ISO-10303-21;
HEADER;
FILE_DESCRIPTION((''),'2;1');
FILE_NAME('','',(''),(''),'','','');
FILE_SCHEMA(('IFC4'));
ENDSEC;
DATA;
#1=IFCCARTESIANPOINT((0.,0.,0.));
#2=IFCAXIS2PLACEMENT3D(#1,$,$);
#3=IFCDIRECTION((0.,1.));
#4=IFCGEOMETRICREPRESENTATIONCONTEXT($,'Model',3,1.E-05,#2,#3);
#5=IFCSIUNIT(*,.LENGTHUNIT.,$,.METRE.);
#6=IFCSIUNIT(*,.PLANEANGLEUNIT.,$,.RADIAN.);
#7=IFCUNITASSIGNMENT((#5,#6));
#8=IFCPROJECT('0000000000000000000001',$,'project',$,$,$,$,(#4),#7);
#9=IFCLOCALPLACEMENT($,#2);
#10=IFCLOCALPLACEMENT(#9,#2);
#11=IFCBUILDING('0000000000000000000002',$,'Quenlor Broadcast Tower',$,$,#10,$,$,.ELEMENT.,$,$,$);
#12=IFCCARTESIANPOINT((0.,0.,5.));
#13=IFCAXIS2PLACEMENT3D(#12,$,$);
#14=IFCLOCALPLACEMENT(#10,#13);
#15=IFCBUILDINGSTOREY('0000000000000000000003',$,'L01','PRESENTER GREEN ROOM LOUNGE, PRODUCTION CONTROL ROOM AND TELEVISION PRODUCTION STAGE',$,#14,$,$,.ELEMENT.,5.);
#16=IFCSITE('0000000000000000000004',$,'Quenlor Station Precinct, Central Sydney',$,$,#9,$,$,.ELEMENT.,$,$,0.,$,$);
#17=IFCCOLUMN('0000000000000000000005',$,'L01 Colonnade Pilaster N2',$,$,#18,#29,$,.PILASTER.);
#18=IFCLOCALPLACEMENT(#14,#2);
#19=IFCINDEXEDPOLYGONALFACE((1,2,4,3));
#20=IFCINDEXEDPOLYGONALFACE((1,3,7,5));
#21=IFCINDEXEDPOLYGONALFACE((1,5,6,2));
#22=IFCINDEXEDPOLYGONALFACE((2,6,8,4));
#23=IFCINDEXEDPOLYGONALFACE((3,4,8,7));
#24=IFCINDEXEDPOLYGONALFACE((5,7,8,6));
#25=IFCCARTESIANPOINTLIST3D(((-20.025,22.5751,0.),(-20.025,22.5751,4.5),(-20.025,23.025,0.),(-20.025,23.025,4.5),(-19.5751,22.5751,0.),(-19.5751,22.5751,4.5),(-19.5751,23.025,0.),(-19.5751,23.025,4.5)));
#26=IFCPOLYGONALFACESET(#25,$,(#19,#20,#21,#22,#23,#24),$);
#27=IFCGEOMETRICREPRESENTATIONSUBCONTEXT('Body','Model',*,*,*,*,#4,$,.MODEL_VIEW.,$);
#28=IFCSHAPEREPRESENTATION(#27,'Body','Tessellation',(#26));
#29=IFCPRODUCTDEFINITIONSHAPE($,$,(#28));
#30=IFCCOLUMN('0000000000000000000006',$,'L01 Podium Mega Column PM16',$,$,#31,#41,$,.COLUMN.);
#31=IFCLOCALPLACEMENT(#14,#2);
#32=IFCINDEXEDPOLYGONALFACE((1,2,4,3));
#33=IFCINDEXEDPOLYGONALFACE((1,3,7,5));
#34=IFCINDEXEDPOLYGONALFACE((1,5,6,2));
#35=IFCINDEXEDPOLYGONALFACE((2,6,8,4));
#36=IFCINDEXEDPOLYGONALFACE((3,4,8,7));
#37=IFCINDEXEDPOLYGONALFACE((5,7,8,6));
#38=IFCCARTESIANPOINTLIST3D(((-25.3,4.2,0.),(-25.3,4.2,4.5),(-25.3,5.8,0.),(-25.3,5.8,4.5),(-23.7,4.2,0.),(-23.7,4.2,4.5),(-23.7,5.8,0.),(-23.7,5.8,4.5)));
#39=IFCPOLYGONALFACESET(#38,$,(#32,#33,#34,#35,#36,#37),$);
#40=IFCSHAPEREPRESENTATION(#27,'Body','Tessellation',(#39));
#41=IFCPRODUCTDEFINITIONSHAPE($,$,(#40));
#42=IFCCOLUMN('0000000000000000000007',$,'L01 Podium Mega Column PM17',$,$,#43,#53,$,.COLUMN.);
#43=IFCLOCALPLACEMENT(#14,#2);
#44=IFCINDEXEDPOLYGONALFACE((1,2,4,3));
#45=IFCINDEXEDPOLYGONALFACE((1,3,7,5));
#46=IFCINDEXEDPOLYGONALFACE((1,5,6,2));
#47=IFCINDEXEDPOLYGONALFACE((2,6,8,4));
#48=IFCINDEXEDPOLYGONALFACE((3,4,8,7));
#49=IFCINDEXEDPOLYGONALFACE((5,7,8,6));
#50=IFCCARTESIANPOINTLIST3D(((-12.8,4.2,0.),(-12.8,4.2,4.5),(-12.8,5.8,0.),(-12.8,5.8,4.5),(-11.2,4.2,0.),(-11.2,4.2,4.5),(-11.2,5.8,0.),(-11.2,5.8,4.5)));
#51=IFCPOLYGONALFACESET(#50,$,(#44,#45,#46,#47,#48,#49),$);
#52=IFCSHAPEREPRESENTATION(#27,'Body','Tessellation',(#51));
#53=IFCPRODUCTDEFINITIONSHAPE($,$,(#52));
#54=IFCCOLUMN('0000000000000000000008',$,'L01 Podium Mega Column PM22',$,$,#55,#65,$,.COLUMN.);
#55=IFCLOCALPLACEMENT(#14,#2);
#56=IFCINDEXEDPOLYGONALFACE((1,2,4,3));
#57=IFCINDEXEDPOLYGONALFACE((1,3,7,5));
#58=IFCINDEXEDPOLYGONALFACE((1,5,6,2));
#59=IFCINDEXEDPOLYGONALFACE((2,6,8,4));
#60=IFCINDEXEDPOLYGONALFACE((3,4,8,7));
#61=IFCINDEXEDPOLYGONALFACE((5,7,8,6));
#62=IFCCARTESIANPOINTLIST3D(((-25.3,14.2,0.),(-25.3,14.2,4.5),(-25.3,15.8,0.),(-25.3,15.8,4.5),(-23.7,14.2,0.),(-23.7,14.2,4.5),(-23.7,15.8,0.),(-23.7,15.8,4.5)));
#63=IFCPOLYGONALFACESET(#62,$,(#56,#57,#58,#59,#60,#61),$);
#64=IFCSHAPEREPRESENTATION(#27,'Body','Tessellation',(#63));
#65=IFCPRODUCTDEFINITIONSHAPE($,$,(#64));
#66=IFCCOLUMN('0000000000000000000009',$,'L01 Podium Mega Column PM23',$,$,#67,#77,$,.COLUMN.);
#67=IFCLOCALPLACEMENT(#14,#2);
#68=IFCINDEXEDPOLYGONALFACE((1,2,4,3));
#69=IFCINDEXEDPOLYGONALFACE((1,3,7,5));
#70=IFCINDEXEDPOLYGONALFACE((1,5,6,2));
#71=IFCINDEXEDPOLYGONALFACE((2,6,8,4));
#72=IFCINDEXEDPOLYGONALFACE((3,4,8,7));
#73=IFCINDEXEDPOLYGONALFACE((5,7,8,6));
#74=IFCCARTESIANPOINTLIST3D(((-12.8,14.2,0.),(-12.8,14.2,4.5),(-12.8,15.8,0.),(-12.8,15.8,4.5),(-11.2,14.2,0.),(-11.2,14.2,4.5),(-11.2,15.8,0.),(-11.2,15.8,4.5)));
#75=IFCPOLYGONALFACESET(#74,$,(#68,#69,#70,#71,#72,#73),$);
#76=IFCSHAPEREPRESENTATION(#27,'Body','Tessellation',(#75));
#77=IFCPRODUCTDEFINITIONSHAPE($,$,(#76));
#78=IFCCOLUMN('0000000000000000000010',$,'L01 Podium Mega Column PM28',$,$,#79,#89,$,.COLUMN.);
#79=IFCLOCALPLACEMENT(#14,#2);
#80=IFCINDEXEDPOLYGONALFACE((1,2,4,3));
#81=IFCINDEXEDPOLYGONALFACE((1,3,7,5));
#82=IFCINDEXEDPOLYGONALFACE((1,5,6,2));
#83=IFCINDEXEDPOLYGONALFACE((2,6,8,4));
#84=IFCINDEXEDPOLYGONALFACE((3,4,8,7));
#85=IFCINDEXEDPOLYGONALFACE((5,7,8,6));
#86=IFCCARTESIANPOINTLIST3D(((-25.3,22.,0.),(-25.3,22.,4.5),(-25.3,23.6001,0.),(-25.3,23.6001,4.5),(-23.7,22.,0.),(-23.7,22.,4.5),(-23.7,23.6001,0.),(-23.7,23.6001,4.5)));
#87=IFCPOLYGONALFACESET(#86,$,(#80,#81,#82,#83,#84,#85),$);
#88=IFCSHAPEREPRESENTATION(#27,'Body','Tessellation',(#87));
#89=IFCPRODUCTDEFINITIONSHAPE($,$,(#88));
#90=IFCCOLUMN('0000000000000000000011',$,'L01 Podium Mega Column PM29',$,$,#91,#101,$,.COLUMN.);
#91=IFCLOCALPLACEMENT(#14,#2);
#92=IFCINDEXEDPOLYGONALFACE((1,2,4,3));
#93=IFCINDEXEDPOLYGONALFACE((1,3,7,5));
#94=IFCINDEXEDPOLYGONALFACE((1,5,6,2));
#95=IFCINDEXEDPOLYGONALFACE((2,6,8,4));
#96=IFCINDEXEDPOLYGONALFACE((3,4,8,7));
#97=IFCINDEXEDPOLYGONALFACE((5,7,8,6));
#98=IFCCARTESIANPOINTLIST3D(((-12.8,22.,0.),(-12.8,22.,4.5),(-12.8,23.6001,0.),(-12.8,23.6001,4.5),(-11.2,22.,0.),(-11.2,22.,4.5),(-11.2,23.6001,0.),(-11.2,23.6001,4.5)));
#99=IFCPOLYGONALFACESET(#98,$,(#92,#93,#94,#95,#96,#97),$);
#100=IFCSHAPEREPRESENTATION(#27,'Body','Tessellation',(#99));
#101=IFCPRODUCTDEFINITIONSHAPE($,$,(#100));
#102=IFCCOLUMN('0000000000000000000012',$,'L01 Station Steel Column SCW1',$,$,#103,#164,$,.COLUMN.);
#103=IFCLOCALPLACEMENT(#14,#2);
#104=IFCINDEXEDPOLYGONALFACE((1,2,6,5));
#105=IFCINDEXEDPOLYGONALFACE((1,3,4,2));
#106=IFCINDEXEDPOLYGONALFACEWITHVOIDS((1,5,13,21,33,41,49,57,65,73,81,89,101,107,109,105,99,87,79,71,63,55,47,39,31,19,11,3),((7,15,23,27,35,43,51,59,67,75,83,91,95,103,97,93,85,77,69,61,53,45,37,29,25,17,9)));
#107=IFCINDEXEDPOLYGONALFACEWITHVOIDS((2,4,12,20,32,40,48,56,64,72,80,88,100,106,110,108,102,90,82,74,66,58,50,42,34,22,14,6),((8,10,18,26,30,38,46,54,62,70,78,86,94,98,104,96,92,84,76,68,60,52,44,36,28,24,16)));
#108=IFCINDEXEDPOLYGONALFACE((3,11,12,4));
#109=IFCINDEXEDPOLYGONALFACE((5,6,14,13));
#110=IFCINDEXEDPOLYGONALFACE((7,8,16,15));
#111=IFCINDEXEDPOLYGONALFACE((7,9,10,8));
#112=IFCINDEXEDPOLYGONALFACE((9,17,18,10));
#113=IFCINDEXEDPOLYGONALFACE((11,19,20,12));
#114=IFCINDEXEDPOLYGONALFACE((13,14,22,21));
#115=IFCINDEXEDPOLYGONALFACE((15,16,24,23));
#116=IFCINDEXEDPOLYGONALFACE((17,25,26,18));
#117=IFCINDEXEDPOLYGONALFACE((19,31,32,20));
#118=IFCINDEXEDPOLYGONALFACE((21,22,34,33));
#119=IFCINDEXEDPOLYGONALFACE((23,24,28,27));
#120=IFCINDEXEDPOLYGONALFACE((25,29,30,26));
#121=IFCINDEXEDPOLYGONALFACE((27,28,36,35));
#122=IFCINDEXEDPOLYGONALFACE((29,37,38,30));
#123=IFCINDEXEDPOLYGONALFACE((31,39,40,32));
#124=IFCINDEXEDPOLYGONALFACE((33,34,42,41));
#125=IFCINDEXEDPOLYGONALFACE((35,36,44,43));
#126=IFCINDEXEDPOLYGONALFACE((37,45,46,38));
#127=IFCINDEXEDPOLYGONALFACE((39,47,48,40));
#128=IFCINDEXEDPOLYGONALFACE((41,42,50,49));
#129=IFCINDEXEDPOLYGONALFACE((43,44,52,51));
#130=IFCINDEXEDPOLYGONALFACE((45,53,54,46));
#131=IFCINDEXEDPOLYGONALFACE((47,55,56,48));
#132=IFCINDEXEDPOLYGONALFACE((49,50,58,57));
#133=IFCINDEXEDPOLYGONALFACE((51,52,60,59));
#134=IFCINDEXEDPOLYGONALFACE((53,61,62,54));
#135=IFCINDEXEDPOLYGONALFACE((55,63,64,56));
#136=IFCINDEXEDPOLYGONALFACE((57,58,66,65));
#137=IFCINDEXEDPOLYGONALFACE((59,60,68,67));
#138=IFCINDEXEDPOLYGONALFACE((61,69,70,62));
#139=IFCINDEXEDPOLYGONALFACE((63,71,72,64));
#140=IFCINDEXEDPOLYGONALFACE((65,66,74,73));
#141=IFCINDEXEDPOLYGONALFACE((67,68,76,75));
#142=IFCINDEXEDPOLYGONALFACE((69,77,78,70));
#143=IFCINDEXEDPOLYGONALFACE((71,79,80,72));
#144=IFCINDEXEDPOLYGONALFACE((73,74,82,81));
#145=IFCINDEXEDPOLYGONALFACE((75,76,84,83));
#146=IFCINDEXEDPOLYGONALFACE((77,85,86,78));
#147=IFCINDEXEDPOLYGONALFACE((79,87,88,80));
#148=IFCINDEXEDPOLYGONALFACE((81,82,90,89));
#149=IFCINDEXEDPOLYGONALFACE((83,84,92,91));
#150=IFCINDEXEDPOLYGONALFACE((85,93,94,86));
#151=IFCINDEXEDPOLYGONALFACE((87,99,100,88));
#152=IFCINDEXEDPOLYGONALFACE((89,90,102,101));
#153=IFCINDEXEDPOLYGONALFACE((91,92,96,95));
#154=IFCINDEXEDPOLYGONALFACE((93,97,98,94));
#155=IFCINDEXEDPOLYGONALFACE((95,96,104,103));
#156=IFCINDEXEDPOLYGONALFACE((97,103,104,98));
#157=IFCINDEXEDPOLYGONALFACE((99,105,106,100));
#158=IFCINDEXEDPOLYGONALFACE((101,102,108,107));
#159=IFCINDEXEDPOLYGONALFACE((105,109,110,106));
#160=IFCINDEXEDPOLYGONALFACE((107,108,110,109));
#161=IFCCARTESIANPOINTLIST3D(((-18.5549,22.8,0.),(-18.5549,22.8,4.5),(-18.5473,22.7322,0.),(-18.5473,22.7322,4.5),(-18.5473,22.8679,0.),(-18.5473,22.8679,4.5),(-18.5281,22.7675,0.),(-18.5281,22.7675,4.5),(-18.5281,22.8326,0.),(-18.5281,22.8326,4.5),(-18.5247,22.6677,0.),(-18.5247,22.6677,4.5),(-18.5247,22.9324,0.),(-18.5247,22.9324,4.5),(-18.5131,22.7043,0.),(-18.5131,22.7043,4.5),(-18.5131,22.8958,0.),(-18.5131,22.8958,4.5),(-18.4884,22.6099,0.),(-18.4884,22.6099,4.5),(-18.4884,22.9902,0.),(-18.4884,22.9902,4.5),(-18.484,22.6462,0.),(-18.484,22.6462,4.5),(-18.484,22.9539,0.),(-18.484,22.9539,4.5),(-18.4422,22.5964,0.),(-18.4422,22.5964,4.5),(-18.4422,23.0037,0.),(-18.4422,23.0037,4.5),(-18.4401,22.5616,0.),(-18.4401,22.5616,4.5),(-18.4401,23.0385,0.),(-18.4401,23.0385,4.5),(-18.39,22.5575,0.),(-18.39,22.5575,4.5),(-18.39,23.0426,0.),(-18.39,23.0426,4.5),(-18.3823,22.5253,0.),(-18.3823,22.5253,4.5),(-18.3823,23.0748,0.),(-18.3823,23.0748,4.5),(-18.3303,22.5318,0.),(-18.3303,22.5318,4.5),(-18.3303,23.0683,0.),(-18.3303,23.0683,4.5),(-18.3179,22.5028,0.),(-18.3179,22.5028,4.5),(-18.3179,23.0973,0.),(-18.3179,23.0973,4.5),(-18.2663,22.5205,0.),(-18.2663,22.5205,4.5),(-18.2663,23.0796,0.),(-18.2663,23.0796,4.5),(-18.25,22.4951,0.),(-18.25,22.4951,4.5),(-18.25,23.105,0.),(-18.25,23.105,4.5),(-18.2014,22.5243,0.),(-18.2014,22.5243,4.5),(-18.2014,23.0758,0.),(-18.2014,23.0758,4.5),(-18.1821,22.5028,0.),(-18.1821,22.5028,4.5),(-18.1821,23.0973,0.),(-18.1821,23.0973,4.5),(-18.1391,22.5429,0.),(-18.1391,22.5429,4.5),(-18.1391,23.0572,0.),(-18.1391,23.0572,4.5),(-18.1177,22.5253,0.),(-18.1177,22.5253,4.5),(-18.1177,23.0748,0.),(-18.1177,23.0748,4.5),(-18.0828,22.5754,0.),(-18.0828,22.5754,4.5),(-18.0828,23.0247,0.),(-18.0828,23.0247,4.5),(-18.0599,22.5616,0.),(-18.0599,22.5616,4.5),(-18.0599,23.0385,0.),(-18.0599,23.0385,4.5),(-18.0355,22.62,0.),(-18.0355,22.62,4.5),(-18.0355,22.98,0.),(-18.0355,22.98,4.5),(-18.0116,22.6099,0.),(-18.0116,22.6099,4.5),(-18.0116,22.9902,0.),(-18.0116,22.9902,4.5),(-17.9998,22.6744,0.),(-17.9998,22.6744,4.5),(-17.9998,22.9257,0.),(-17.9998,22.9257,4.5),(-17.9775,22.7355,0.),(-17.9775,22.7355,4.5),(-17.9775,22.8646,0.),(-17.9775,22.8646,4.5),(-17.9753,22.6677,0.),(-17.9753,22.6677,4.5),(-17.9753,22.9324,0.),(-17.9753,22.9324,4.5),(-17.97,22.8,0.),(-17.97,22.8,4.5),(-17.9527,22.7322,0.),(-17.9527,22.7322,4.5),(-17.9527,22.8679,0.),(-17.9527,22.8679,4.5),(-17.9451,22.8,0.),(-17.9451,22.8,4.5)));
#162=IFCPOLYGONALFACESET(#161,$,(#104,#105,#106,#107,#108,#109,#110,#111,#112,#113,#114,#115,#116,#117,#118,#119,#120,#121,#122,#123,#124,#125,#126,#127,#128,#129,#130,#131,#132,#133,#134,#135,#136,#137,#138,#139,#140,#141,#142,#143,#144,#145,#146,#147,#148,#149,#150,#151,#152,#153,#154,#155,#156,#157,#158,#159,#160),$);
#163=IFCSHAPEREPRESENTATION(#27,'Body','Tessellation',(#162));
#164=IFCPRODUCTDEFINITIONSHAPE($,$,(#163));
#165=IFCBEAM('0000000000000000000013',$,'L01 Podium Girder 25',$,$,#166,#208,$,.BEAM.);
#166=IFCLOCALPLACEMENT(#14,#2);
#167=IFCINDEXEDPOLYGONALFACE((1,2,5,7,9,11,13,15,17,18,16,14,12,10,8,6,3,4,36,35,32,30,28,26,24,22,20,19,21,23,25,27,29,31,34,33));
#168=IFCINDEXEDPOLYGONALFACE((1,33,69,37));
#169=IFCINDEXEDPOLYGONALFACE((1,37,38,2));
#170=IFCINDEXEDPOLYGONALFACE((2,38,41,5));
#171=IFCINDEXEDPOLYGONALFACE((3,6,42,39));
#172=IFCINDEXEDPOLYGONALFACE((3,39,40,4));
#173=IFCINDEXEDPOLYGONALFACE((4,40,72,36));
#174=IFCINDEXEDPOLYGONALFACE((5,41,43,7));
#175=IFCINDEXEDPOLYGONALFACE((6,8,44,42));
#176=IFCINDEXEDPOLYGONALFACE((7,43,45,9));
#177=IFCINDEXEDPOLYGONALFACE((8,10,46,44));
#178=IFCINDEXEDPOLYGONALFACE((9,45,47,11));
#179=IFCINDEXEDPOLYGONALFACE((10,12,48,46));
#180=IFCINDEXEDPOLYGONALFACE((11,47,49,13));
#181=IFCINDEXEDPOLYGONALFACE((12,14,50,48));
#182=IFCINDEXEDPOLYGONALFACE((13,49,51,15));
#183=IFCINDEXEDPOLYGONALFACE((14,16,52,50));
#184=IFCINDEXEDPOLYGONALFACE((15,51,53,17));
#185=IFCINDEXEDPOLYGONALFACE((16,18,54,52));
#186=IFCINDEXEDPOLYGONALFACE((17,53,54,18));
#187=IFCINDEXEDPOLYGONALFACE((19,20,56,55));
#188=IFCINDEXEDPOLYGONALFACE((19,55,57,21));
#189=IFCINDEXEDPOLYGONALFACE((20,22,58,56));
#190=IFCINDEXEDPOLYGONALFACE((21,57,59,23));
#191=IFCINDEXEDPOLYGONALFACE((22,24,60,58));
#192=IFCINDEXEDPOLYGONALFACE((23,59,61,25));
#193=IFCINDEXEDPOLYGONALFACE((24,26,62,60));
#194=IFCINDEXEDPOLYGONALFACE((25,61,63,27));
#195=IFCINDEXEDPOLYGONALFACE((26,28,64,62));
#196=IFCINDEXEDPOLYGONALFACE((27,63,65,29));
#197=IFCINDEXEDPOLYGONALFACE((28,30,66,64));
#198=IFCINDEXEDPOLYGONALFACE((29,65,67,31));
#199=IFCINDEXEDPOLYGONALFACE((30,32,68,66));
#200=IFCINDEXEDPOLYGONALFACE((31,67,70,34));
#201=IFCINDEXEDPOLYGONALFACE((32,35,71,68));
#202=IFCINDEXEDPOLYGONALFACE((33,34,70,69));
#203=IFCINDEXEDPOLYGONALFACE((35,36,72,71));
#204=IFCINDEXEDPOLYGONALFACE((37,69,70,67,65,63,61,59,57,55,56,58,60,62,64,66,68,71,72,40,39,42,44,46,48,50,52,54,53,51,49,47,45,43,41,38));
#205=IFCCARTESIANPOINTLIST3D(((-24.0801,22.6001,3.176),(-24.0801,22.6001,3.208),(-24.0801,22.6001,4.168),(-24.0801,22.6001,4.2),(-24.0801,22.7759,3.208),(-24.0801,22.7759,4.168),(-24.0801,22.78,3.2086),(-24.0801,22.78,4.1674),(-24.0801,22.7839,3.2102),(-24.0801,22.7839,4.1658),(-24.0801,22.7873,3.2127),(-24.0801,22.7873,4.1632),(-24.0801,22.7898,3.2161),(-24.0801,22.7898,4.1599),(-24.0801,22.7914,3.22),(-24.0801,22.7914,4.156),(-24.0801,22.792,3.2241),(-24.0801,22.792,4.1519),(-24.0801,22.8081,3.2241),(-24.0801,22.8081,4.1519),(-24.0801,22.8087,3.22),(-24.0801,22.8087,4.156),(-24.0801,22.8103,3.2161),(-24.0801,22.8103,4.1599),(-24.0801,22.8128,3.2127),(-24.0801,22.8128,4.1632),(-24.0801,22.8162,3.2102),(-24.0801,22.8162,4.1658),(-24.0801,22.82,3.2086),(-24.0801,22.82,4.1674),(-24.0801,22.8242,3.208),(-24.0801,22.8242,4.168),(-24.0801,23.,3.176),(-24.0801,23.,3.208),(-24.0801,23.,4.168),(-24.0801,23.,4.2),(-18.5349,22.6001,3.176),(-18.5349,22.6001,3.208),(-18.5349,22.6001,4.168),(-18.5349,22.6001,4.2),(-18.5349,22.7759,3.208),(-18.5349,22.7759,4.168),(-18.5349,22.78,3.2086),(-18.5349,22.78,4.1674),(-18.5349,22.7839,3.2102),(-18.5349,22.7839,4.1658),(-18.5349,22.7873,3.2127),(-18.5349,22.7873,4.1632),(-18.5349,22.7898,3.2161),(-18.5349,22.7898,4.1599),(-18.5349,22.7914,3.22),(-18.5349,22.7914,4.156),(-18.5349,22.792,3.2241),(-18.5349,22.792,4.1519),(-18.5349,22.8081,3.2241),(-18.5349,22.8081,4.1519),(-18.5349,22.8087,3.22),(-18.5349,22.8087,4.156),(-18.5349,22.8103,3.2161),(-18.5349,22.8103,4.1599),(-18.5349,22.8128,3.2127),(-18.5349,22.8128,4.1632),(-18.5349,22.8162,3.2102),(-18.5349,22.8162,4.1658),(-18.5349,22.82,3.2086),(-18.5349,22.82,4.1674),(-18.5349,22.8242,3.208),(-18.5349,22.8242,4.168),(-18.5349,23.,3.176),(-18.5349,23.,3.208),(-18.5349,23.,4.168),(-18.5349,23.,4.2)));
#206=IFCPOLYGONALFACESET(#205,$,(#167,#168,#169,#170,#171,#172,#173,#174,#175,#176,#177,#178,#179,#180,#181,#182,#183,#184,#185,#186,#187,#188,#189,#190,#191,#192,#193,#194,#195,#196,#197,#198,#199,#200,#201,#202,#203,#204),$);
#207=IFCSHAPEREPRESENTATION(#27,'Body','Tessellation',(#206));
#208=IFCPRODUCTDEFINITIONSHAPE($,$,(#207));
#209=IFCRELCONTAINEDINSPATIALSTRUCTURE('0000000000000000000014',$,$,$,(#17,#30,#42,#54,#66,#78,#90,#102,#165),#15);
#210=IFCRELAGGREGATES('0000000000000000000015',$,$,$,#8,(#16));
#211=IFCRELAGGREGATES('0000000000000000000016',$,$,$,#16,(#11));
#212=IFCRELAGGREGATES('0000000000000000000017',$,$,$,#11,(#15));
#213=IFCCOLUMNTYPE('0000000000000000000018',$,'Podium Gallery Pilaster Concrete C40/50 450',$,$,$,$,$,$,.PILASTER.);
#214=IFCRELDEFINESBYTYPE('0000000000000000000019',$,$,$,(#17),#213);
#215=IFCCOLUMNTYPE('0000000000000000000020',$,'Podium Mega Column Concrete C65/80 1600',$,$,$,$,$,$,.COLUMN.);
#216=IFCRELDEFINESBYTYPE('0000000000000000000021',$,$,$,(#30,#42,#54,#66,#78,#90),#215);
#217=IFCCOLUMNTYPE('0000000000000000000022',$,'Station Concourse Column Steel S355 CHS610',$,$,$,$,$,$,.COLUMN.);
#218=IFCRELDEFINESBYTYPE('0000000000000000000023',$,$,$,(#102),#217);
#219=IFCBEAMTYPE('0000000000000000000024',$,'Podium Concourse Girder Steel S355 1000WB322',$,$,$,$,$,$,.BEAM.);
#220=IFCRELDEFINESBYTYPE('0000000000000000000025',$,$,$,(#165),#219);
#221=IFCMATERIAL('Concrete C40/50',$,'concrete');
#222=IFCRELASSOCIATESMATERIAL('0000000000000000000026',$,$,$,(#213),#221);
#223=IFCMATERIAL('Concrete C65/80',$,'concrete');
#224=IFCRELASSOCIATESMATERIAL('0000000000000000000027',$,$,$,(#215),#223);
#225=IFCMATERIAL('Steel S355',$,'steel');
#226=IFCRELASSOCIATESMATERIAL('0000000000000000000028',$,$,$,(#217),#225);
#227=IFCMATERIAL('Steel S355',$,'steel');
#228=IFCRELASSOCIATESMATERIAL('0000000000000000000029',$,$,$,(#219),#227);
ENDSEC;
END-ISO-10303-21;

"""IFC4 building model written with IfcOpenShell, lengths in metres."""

from ifc_helpers import new_model, si_unit, direction, frame, origin, origin_2d, place, context, subcontext, project, spatial, rectangle, hollow_circle, i_section, extrude, material, material_profile, profile_set, type_object, element, save


model = new_model("IFC4")

# Units and contexts
model_context = context("Model", 3, precision=1e-05, world=origin(), true_north=direction((0.0, 1.0)))
body_context = subcontext(model_context, "Body", "Model", "MODEL_VIEW")
ifc_project = project(units=[si_unit("LENGTHUNIT", "METRE"), si_unit("PLANEANGLEUNIT", "RADIAN")], contexts=[model_context])

# Site, building, storey
site_placement = place(None, origin())
site = spatial("IfcSite", under=ifc_project, at=site_placement, Name="Quenlor Station Precinct, Central Sydney", CompositionType="ELEMENT", RefElevation=0.0)
building_placement = place(site_placement, origin())
building = spatial("IfcBuilding", under=site, at=building_placement, Name="Quenlor Broadcast Tower", CompositionType="ELEMENT")
storey_placement = place(building_placement, frame((0.0, 0.0, 5.0)))
storey = spatial("IfcBuildingStorey", under=building, at=storey_placement, Name="L01", Description="PRESENTER GREEN ROOM LOUNGE, PRODUCTION CONTROL ROOM AND TELEVISION PRODUCTION STAGE", CompositionType="ELEMENT", Elevation=5.0)

# Columns
ifc_material_1 = material(Name="Concrete C40/50", Category="concrete")
ifc_material_profile_1 = material_profile(ifc_material_1, rectangle(XDim=0.45, YDim=0.45, at=origin_2d()))
ifc_profile_set_1 = profile_set([ifc_material_profile_1], Name="Concrete C40/50 PIL450x450")
column_type_1 = type_object("IfcColumnType", Name="Podium Gallery Pilaster Concrete C40/50 450", PredefinedType="PILASTER", material=ifc_profile_set_1)
column_1_placement = place(storey_placement, frame((-19.8, 22.8, 0.0), z_axis=(0.0, 0.0, 1.0), x_axis=(1.0, 0.0, 0.0)))
element("IfcColumn", 1, at=column_1_placement, inside=storey, type_object=column_type_1, Name="L01 Colonnade Pilaster N2", PredefinedType="PILASTER", context=body_context, shape_type="SweptSolid", body=[
    extrude(rectangle(XDim=0.45, YDim=0.45, at=origin_2d()), origin(), (0.0, 0.0, 1.0), 4.5),
])
ifc_material_2 = material(Name="Concrete C65/80", Category="concrete")
ifc_material_profile_2 = material_profile(ifc_material_2, rectangle(XDim=1.6001, YDim=1.6001, at=origin_2d()))
ifc_profile_set_2 = profile_set([ifc_material_profile_2], Name="Concrete C65/80 RC1600x1600")
column_type_2 = type_object("IfcColumnType", Name="Podium Mega Column Concrete C65/80 1600", PredefinedType="COLUMN", material=ifc_profile_set_2)
for number, where, z_axis, x_axis, name in (
    (2, (-24.5, 5.0, 0.0), (0.0, 0.0, 1.0), (1.0, 0.0, 0.0), "L01 Podium Mega Column PM16"),
    (3, (-12.0, 5.0, 0.0), (0.0, 0.0, 1.0), (1.0, 0.0, 0.0), "L01 Podium Mega Column PM17"),
    (4, (-24.5, 15.0, 0.0), (0.0, 0.0, 1.0), (1.0, 0.0, 0.0), "L01 Podium Mega Column PM22"),
    (5, (-12.0, 15.0, 0.0), (0.0, 0.0, 1.0), (1.0, 0.0, 0.0), "L01 Podium Mega Column PM23"),
    (6, (-24.5, 22.8, 0.0), (0.0, 0.0, 1.0), (1.0, 0.0, 0.0), "L01 Podium Mega Column PM28"),
    (7, (-12.0, 22.8, 0.0), (0.0, 0.0, 1.0), (1.0, 0.0, 0.0), "L01 Podium Mega Column PM29"),
):
    element("IfcColumn", number, at=place(storey_placement, frame(where, z_axis=z_axis, x_axis=x_axis)), inside=storey, type_object=column_type_2, Name=name, PredefinedType="COLUMN", context=body_context, shape_type="SweptSolid", body=[
        extrude(rectangle(XDim=1.6001, YDim=1.6001, at=origin_2d()), origin(), (0.0, 0.0, 1.0), 4.5),
    ])
ifc_material_3 = material(Name="Steel S355", Category="steel")
ifc_material_profile_3 = material_profile(ifc_material_3, hollow_circle(Radius=0.3049, WallThickness=0.0249, at=origin_2d()))
ifc_profile_set_3 = profile_set([ifc_material_profile_3], Name="Steel S355 CHS610x25")
column_type_3 = type_object("IfcColumnType", Name="Station Concourse Column Steel S355 CHS610", PredefinedType="COLUMN", material=ifc_profile_set_3)
column_2_placement = place(storey_placement, frame((-18.25, 22.8, 0.0), z_axis=(0.0, 0.0, 1.0), x_axis=(1.0, 0.0, 0.0)))
element("IfcColumn", 8, at=column_2_placement, inside=storey, type_object=column_type_3, Name="L01 Station Steel Column SCW1", PredefinedType="COLUMN", context=body_context, shape_type="SweptSolid", body=[
    extrude(hollow_circle(Radius=0.3049, WallThickness=0.0249, at=origin_2d()), origin(), (0.0, 0.0, 1.0), 4.5),
])

# Beam
ifc_material_4 = material(Name="Steel S355", Category="steel")
ifc_material_profile_4 = material_profile(ifc_material_4, i_section(OverallWidth=0.3999, OverallDepth=1.0239, WebThickness=0.0161, FlangeThickness=0.032, FilletRadius=0.0161, at=origin_2d()))
ifc_profile_set_4 = profile_set([ifc_material_profile_4], Name="Steel S355 1000WB322")
beam_type_1 = type_object("IfcBeamType", Name="Podium Concourse Girder Steel S355 1000WB322", PredefinedType="BEAM", material=ifc_profile_set_4)
for number, where, z_axis, x_axis, name in (
    (9, (-24.0801, 22.8, 3.688), (1.0, 0.0, 0.0), (0.0, 1.0, 0.0), "L01 Podium Girder 25"),
):
    element("IfcBeam", number, at=place(storey_placement, frame(where, z_axis=z_axis, x_axis=x_axis)), inside=storey, type_object=beam_type_1, Name=name, PredefinedType="BEAM", context=body_context, shape_type="SweptSolid", body=[
        extrude(i_section(OverallWidth=0.3999, OverallDepth=1.0239, WebThickness=0.0161, FlangeThickness=0.032, FilletRadius=0.0161, at=origin_2d()), origin(), (0.0, 0.0, 1.0), 5.5452),
    ])

save(model, "model.ifc")
